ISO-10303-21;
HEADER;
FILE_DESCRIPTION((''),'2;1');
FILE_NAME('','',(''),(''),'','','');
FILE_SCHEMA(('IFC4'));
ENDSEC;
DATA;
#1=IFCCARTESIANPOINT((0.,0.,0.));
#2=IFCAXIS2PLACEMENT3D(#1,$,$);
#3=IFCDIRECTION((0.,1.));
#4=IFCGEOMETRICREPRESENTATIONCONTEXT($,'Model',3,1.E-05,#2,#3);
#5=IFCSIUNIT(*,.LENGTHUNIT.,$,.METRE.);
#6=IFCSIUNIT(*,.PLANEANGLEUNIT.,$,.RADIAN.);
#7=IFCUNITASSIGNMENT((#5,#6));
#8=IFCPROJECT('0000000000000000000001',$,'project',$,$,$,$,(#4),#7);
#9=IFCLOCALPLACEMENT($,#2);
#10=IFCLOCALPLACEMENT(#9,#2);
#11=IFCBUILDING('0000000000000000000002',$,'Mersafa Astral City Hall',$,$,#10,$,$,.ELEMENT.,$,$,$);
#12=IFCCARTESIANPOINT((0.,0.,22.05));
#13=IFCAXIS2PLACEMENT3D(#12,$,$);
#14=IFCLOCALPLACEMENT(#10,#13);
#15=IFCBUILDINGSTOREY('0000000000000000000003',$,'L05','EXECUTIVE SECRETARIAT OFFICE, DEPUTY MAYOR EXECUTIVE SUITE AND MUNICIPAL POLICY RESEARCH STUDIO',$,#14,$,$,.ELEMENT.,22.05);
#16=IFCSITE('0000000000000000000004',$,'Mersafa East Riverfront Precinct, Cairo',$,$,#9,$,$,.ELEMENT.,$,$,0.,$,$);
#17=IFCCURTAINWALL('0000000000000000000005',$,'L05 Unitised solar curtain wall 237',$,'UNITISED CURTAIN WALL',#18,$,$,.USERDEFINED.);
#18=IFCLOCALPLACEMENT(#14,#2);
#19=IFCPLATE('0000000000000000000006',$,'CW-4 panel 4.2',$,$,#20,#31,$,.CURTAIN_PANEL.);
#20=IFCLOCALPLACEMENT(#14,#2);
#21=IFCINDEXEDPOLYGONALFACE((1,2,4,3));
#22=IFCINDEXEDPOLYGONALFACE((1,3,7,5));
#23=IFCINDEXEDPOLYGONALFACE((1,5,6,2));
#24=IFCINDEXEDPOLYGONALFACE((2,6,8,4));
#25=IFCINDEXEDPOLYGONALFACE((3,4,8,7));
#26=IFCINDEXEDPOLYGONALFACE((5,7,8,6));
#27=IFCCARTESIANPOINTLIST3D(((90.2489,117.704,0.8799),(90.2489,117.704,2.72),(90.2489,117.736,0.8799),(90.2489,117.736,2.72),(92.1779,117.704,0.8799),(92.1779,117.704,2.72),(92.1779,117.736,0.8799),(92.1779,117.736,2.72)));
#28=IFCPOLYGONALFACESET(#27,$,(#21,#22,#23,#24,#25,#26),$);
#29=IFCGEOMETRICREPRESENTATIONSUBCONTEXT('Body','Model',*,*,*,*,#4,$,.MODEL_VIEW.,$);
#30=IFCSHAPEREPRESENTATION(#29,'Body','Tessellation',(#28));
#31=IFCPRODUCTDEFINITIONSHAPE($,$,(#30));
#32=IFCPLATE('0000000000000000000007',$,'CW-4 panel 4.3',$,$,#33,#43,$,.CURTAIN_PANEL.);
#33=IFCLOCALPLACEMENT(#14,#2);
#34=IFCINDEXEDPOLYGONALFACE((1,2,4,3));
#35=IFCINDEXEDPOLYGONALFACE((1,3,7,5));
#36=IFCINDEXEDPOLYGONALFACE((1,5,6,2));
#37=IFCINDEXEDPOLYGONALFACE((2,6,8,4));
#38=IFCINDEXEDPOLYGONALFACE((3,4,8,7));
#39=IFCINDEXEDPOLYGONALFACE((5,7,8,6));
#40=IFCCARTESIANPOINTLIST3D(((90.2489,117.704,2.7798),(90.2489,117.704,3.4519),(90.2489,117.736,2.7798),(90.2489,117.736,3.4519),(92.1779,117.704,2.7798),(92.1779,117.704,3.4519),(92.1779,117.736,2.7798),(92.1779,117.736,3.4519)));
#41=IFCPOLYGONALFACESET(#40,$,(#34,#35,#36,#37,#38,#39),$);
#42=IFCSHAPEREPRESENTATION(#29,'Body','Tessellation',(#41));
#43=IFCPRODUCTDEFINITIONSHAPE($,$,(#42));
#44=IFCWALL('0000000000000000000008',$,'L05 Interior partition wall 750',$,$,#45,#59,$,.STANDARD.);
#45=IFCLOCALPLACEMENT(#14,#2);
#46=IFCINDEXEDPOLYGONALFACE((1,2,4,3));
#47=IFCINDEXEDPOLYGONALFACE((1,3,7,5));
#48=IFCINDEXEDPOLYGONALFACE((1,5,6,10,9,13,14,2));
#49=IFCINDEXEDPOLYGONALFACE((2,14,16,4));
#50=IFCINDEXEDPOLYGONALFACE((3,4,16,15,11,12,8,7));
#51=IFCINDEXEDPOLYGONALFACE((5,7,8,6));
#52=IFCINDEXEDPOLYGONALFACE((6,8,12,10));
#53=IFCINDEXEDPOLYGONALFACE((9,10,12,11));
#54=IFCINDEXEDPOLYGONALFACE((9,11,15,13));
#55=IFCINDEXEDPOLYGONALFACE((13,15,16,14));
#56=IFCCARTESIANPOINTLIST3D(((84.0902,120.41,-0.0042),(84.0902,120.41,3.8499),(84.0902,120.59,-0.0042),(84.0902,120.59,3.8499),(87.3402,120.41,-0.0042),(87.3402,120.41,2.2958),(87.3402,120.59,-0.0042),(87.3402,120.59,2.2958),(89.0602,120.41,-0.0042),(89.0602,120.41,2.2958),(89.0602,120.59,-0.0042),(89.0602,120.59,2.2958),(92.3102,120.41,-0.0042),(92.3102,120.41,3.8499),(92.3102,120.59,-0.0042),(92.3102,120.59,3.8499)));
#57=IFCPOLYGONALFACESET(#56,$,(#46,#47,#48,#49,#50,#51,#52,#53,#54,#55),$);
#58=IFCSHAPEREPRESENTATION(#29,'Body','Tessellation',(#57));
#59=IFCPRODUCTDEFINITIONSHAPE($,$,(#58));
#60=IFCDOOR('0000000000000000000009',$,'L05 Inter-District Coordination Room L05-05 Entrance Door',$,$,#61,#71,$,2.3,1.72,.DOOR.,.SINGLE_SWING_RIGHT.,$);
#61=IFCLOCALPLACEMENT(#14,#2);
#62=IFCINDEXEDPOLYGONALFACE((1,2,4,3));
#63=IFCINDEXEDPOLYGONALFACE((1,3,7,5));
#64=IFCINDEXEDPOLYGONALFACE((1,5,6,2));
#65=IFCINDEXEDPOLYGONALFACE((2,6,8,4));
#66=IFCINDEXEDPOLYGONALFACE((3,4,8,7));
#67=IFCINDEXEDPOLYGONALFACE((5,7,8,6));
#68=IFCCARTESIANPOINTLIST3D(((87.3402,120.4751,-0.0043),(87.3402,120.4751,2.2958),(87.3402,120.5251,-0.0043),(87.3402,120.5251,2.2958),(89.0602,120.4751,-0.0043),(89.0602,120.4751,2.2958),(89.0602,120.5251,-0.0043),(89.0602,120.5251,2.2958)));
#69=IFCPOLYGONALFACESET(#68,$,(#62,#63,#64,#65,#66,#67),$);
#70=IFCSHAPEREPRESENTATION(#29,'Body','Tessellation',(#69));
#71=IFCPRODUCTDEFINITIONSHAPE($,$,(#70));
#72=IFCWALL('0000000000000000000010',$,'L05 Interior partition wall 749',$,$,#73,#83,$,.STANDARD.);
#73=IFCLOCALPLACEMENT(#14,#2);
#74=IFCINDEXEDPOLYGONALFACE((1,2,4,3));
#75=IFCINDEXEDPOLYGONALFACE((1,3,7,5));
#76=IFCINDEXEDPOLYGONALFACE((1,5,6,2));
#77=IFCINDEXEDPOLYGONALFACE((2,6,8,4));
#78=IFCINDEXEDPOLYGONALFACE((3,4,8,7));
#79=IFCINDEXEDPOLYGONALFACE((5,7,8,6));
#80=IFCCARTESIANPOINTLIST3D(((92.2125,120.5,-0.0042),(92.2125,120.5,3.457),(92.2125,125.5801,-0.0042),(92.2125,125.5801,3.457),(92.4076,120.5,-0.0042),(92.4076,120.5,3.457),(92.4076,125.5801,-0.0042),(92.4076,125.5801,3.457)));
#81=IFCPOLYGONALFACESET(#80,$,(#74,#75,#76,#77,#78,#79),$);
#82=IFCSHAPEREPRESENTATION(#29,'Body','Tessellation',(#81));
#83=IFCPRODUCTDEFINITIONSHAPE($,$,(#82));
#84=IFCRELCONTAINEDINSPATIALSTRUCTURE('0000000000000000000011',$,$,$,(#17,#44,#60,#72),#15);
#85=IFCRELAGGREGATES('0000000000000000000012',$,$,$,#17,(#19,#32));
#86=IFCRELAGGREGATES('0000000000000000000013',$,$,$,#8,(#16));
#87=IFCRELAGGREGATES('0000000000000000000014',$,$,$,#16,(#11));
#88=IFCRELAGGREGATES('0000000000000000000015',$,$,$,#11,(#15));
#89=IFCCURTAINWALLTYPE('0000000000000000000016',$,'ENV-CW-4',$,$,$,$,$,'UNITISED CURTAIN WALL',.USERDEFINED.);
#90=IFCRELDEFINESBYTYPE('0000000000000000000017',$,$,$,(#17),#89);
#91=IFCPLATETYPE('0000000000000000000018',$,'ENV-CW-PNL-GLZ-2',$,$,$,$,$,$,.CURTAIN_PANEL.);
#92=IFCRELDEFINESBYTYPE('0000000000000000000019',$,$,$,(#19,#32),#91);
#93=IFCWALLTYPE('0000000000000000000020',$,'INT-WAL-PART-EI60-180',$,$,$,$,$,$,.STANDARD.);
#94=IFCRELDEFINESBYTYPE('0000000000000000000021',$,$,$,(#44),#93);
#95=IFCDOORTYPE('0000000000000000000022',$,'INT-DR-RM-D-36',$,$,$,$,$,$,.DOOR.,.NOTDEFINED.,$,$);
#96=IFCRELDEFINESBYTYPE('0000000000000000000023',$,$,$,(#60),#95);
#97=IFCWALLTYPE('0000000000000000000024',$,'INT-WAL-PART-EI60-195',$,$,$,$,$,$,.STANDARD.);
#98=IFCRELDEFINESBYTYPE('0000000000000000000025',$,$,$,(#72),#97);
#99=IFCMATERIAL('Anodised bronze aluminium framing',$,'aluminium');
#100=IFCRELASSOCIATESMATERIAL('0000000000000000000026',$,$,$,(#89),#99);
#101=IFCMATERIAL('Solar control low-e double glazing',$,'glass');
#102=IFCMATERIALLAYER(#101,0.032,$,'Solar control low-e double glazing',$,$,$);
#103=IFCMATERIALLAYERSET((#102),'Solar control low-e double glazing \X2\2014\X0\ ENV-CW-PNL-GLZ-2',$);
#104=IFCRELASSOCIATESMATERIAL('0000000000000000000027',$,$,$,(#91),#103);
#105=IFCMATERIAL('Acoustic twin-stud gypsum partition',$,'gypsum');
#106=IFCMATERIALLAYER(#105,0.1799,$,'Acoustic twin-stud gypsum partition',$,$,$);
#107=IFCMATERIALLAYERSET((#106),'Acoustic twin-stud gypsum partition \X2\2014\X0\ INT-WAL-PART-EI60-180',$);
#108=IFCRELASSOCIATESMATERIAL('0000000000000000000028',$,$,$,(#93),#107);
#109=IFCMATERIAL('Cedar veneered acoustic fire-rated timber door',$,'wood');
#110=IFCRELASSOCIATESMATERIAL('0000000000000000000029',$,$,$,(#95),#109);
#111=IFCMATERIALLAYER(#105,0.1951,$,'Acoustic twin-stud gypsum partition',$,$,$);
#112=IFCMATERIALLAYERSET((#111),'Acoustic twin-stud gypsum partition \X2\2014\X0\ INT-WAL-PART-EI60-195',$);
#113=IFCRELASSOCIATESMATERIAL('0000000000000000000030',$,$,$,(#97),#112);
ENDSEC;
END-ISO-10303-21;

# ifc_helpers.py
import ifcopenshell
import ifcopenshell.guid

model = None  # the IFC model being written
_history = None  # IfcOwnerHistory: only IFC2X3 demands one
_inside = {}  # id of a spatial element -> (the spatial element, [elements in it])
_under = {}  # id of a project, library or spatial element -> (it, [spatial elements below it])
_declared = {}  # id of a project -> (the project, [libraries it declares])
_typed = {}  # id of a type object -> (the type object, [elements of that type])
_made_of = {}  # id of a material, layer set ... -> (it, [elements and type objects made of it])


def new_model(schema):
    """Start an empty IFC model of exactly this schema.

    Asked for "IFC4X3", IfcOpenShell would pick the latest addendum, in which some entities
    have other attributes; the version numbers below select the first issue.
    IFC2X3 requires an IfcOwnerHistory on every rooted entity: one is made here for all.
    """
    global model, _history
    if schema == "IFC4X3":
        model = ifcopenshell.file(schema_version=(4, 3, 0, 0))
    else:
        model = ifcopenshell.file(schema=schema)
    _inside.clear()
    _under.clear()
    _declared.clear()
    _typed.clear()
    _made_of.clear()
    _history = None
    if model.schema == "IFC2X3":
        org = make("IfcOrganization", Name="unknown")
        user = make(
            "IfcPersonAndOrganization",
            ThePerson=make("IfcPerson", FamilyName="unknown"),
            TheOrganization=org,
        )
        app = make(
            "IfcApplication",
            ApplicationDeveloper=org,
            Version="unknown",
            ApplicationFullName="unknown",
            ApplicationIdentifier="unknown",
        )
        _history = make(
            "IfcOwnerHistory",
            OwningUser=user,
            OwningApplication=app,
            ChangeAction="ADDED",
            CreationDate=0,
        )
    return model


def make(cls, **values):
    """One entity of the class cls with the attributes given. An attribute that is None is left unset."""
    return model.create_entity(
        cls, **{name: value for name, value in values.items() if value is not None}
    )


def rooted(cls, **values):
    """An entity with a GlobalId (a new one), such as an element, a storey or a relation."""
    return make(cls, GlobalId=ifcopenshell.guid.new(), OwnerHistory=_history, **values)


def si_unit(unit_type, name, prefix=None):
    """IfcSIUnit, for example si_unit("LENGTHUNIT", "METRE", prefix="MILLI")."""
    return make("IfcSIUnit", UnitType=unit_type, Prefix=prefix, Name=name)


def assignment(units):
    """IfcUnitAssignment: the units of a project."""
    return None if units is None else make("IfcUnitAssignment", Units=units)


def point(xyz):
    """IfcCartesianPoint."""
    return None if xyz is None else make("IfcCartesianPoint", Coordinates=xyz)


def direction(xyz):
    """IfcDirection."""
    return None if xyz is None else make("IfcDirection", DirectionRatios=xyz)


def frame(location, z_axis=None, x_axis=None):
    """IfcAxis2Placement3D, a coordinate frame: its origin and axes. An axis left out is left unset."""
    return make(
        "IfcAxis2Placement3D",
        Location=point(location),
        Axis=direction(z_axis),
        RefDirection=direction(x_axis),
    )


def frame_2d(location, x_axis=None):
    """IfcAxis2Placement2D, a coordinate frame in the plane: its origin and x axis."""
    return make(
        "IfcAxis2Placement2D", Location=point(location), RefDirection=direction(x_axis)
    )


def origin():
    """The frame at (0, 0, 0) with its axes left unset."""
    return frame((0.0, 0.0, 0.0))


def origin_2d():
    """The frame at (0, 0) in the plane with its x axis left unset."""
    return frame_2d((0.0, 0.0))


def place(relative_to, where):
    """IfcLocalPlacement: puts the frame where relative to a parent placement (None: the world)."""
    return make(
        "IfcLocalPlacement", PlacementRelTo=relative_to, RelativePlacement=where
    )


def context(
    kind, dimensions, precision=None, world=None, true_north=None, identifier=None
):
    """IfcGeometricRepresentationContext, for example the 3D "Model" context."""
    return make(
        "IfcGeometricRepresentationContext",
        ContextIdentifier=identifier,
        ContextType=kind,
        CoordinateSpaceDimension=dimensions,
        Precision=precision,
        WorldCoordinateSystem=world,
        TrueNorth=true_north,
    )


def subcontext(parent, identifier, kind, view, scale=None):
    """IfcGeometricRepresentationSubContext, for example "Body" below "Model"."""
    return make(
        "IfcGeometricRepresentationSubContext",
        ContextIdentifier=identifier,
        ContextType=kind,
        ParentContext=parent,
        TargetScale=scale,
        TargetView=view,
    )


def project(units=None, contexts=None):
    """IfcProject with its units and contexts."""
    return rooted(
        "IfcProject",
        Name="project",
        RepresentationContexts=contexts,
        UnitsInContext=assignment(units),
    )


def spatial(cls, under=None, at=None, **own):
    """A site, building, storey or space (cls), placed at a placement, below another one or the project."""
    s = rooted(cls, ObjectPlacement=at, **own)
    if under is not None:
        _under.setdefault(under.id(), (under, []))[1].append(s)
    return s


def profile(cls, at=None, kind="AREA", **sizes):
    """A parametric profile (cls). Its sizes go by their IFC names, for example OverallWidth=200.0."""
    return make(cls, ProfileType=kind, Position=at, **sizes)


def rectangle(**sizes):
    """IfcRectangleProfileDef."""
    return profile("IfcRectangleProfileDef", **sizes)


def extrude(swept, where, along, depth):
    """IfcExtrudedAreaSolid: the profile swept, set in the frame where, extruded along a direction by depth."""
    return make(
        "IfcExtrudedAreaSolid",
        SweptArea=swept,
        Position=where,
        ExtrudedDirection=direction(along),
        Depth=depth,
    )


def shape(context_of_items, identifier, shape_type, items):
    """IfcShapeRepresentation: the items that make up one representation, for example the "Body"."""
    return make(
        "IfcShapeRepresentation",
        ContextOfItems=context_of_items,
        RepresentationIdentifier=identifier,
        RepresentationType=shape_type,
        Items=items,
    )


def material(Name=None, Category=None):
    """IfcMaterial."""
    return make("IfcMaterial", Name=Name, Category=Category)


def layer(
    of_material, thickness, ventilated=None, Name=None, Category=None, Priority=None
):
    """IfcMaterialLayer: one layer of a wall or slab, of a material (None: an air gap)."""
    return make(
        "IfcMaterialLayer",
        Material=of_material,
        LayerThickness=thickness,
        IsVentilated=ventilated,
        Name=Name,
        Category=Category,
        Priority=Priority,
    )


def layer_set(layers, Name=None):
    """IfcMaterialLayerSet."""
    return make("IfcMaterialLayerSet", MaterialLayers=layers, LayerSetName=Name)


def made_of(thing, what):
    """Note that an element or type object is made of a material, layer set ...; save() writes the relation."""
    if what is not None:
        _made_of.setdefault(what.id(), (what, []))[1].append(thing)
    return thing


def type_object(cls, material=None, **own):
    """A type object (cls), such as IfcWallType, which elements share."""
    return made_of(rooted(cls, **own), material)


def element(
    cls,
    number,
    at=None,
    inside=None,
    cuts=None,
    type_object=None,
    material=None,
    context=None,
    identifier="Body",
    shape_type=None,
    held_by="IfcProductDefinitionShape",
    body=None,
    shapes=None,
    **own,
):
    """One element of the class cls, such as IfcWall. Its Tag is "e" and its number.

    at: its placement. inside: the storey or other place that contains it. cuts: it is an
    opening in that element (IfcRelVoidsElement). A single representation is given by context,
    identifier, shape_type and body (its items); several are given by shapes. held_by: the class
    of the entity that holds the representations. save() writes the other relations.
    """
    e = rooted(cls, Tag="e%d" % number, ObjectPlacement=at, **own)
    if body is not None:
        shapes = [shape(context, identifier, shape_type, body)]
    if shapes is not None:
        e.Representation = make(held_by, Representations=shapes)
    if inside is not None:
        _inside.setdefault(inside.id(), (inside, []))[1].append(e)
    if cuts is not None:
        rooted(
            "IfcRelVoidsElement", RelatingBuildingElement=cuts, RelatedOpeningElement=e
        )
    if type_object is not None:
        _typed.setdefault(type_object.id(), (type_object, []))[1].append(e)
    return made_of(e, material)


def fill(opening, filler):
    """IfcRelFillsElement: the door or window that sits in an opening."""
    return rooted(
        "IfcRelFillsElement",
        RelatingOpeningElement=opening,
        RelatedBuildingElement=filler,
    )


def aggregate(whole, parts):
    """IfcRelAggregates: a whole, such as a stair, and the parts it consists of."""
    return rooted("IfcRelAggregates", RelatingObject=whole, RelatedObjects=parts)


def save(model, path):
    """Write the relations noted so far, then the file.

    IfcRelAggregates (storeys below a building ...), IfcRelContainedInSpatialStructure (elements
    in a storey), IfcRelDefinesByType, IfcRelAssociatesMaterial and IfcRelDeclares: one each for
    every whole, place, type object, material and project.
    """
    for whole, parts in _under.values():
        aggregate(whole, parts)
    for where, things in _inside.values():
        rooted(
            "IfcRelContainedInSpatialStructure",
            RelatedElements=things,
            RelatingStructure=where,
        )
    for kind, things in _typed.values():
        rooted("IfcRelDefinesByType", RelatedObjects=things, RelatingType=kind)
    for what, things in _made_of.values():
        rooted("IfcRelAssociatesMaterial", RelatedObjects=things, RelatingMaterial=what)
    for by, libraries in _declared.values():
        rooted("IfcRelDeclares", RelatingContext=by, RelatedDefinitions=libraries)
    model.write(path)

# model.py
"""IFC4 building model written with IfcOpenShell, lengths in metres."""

from ifc_helpers import new_model, si_unit, direction, frame, frame_2d, origin, origin_2d, place, context, subcontext, project, spatial, rectangle, extrude, material, layer, layer_set, type_object, element, fill, aggregate, save


model = new_model("IFC4")

# Units and contexts
model_context = context("Model", 3, precision=1e-05, world=origin(), true_north=direction((0.0, 1.0)))
body_context = subcontext(model_context, "Body", "Model", "MODEL_VIEW")
ifc_project = project(units=[si_unit("LENGTHUNIT", "METRE"), si_unit("PLANEANGLEUNIT", "RADIAN")], contexts=[model_context])

# Site, building, storey
site_placement = place(None, origin())
site = spatial("IfcSite", under=ifc_project, at=site_placement, Name="Mersafa East Riverfront Precinct, Cairo", CompositionType="ELEMENT", RefElevation=0.0)
building_placement = place(site_placement, origin())
building = spatial("IfcBuilding", under=site, at=building_placement, Name="Mersafa Astral City Hall", CompositionType="ELEMENT")
storey_placement = place(building_placement, frame((0.0, 0.0, 22.05)))
storey = spatial("IfcBuildingStorey", under=building, at=storey_placement, Name="L05", Description="EXECUTIVE SECRETARIAT OFFICE, DEPUTY MAYOR EXECUTIVE SUITE AND MUNICIPAL POLICY RESEARCH STUDIO", CompositionType="ELEMENT", Elevation=22.05)

# Curtain wall
ifc_material_1 = material(Name="Anodised bronze aluminium framing", Category="aluminium")
curtain_wall_type_1 = type_object("IfcCurtainWallType", Name="ENV-CW-4", ElementType="UNITISED CURTAIN WALL", PredefinedType="USERDEFINED", material=ifc_material_1)
curtain_wall_1_placement = place(storey_placement, origin())
curtain_wall_1 = element("IfcCurtainWall", 1, at=curtain_wall_1_placement, inside=storey, type_object=curtain_wall_type_1, Name="L05 Unitised solar curtain wall 237", ObjectType="UNITISED CURTAIN WALL", PredefinedType="USERDEFINED")

# Shared definitions
ifc_material_2 = material(Name="Solar control low-e double glazing", Category="glass")

# Plates
ifc_layer_1 = layer(ifc_material_2, 0.032, Name="Solar control low-e double glazing")
ifc_layer_set_1 = layer_set([ifc_layer_1], Name="Solar control low-e double glazing — ENV-CW-PNL-GLZ-2")
plate_type_1 = type_object("IfcPlateType", Name="ENV-CW-PNL-GLZ-2", PredefinedType="CURTAIN_PANEL", material=ifc_layer_set_1)
plate_1_placement = place(storey_placement, frame((91.2134, 117.72, 0.8799), z_axis=(0.0, 0.0, 1.0), x_axis=(1.0, 0.0, 0.0)))
plate_1 = element("IfcPlate", 2, at=plate_1_placement, type_object=plate_type_1, Name="CW-4 panel 4.2", PredefinedType="CURTAIN_PANEL", context=body_context, shape_type="SweptSolid", body=[
    extrude(rectangle(XDim=1.929, YDim=0.032, at=origin_2d()), origin(), (0.0, 0.0, 1.0), 1.8401),
])
plate_2_placement = place(storey_placement, frame((91.2134, 117.72, 2.7798), z_axis=(0.0, 0.0, 1.0), x_axis=(1.0, 0.0, 0.0)))
plate_2 = element("IfcPlate", 3, at=plate_2_placement, type_object=plate_type_1, Name="CW-4 panel 4.3", PredefinedType="CURTAIN_PANEL", context=body_context, shape_type="SweptSolid", body=[
    extrude(rectangle(XDim=1.929, YDim=0.032, at=origin_2d()), origin(), (0.0, 0.0, 1.0), 0.6721),
])
aggregate(curtain_wall_1, [plate_1, plate_2])

# Wall, opening, door
ifc_material_3 = material(Name="Acoustic twin-stud gypsum partition", Category="gypsum")
ifc_layer_2 = layer(ifc_material_3, 0.1799, Name="Acoustic twin-stud gypsum partition")
ifc_layer_set_2 = layer_set([ifc_layer_2], Name="Acoustic twin-stud gypsum partition — INT-WAL-PART-EI60-180")
wall_type_1 = type_object("IfcWallType", Name="INT-WAL-PART-EI60-180", PredefinedType="STANDARD", material=ifc_layer_set_2)
wall_1_placement = place(storey_placement, frame((92.3101, 120.5, -0.0042), z_axis=(0.0, 0.0, 1.0), x_axis=(-1.0, 0.0, 0.0)))
wall_1 = element("IfcWall", 4, at=wall_1_placement, inside=storey, type_object=wall_type_1, Name="L05 Interior partition wall 750", PredefinedType="STANDARD", context=body_context, shape_type="SweptSolid", body=[
    extrude(rectangle(XDim=8.22, YDim=0.1799, at=frame_2d((4.1099, 0.0))), origin(), (0.0, 0.0, 1.0), 3.854),
])
opening_placement = place(wall_1_placement, frame((3.25, 0.0, 0.0)))
opening = element("IfcOpeningElement", 5, at=opening_placement, cuts=wall_1, PredefinedType="OPENING", context=body_context, shape_type="SweptSolid", body=[
    extrude(rectangle(XDim=1.72, YDim=2.3, at=frame_2d((0.8599, 1.1499))), frame((0.0, 0.0999, 0.0), z_axis=(0.0, -1.0, 0.0), x_axis=(1.0, 0.0, 0.0)), (0.0, 0.0, 1.0), 0.2),
])
ifc_material_4 = material(Name="Cedar veneered acoustic fire-rated timber door", Category="wood")
door_type = type_object("IfcDoorType", Name="INT-DR-RM-D-36", OperationType="NOTDEFINED", PredefinedType="DOOR", material=ifc_material_4)
door_placement = place(opening_placement, origin())
door = element("IfcDoor", 6, at=door_placement, inside=storey, type_object=door_type, Name="L05 Inter-District Coordination Room L05-05 Entrance Door", OperationType="SINGLE_SWING_RIGHT", OverallHeight=2.3, OverallWidth=1.72, PredefinedType="DOOR", context=body_context, shape_type="SweptSolid", body=[
    extrude(rectangle(XDim=1.72, YDim=2.3, at=frame_2d((0.8599, 1.1499))), frame((0.0, 0.0249, 0.0), z_axis=(0.0, -1.0, 0.0), x_axis=(1.0, 0.0, 0.0)), (0.0, 0.0, 1.0), 0.05),
])
fill(opening, door)

# Wall
ifc_layer_3 = layer(ifc_material_3, 0.1951, Name="Acoustic twin-stud gypsum partition")
ifc_layer_set_3 = layer_set([ifc_layer_3], Name="Acoustic twin-stud gypsum partition — INT-WAL-PART-EI60-195")
wall_type_2 = type_object("IfcWallType", Name="INT-WAL-PART-EI60-195", PredefinedType="STANDARD", material=ifc_layer_set_3)
wall_2_placement = place(storey_placement, frame((92.3101, 125.5801, -0.0042), z_axis=(0.0, 0.0, 1.0), x_axis=(0.0, -1.0, 0.0)))
element("IfcWall", 7, at=wall_2_placement, inside=storey, type_object=wall_type_2, Name="L05 Interior partition wall 749", PredefinedType="STANDARD", context=body_context, shape_type="SweptSolid", body=[
    extrude(rectangle(XDim=5.0801, YDim=0.1951, at=frame_2d((2.54, 0.0))), origin(), (0.0, 0.0, 1.0), 3.4612),
])

save(model, "model.ifc")
